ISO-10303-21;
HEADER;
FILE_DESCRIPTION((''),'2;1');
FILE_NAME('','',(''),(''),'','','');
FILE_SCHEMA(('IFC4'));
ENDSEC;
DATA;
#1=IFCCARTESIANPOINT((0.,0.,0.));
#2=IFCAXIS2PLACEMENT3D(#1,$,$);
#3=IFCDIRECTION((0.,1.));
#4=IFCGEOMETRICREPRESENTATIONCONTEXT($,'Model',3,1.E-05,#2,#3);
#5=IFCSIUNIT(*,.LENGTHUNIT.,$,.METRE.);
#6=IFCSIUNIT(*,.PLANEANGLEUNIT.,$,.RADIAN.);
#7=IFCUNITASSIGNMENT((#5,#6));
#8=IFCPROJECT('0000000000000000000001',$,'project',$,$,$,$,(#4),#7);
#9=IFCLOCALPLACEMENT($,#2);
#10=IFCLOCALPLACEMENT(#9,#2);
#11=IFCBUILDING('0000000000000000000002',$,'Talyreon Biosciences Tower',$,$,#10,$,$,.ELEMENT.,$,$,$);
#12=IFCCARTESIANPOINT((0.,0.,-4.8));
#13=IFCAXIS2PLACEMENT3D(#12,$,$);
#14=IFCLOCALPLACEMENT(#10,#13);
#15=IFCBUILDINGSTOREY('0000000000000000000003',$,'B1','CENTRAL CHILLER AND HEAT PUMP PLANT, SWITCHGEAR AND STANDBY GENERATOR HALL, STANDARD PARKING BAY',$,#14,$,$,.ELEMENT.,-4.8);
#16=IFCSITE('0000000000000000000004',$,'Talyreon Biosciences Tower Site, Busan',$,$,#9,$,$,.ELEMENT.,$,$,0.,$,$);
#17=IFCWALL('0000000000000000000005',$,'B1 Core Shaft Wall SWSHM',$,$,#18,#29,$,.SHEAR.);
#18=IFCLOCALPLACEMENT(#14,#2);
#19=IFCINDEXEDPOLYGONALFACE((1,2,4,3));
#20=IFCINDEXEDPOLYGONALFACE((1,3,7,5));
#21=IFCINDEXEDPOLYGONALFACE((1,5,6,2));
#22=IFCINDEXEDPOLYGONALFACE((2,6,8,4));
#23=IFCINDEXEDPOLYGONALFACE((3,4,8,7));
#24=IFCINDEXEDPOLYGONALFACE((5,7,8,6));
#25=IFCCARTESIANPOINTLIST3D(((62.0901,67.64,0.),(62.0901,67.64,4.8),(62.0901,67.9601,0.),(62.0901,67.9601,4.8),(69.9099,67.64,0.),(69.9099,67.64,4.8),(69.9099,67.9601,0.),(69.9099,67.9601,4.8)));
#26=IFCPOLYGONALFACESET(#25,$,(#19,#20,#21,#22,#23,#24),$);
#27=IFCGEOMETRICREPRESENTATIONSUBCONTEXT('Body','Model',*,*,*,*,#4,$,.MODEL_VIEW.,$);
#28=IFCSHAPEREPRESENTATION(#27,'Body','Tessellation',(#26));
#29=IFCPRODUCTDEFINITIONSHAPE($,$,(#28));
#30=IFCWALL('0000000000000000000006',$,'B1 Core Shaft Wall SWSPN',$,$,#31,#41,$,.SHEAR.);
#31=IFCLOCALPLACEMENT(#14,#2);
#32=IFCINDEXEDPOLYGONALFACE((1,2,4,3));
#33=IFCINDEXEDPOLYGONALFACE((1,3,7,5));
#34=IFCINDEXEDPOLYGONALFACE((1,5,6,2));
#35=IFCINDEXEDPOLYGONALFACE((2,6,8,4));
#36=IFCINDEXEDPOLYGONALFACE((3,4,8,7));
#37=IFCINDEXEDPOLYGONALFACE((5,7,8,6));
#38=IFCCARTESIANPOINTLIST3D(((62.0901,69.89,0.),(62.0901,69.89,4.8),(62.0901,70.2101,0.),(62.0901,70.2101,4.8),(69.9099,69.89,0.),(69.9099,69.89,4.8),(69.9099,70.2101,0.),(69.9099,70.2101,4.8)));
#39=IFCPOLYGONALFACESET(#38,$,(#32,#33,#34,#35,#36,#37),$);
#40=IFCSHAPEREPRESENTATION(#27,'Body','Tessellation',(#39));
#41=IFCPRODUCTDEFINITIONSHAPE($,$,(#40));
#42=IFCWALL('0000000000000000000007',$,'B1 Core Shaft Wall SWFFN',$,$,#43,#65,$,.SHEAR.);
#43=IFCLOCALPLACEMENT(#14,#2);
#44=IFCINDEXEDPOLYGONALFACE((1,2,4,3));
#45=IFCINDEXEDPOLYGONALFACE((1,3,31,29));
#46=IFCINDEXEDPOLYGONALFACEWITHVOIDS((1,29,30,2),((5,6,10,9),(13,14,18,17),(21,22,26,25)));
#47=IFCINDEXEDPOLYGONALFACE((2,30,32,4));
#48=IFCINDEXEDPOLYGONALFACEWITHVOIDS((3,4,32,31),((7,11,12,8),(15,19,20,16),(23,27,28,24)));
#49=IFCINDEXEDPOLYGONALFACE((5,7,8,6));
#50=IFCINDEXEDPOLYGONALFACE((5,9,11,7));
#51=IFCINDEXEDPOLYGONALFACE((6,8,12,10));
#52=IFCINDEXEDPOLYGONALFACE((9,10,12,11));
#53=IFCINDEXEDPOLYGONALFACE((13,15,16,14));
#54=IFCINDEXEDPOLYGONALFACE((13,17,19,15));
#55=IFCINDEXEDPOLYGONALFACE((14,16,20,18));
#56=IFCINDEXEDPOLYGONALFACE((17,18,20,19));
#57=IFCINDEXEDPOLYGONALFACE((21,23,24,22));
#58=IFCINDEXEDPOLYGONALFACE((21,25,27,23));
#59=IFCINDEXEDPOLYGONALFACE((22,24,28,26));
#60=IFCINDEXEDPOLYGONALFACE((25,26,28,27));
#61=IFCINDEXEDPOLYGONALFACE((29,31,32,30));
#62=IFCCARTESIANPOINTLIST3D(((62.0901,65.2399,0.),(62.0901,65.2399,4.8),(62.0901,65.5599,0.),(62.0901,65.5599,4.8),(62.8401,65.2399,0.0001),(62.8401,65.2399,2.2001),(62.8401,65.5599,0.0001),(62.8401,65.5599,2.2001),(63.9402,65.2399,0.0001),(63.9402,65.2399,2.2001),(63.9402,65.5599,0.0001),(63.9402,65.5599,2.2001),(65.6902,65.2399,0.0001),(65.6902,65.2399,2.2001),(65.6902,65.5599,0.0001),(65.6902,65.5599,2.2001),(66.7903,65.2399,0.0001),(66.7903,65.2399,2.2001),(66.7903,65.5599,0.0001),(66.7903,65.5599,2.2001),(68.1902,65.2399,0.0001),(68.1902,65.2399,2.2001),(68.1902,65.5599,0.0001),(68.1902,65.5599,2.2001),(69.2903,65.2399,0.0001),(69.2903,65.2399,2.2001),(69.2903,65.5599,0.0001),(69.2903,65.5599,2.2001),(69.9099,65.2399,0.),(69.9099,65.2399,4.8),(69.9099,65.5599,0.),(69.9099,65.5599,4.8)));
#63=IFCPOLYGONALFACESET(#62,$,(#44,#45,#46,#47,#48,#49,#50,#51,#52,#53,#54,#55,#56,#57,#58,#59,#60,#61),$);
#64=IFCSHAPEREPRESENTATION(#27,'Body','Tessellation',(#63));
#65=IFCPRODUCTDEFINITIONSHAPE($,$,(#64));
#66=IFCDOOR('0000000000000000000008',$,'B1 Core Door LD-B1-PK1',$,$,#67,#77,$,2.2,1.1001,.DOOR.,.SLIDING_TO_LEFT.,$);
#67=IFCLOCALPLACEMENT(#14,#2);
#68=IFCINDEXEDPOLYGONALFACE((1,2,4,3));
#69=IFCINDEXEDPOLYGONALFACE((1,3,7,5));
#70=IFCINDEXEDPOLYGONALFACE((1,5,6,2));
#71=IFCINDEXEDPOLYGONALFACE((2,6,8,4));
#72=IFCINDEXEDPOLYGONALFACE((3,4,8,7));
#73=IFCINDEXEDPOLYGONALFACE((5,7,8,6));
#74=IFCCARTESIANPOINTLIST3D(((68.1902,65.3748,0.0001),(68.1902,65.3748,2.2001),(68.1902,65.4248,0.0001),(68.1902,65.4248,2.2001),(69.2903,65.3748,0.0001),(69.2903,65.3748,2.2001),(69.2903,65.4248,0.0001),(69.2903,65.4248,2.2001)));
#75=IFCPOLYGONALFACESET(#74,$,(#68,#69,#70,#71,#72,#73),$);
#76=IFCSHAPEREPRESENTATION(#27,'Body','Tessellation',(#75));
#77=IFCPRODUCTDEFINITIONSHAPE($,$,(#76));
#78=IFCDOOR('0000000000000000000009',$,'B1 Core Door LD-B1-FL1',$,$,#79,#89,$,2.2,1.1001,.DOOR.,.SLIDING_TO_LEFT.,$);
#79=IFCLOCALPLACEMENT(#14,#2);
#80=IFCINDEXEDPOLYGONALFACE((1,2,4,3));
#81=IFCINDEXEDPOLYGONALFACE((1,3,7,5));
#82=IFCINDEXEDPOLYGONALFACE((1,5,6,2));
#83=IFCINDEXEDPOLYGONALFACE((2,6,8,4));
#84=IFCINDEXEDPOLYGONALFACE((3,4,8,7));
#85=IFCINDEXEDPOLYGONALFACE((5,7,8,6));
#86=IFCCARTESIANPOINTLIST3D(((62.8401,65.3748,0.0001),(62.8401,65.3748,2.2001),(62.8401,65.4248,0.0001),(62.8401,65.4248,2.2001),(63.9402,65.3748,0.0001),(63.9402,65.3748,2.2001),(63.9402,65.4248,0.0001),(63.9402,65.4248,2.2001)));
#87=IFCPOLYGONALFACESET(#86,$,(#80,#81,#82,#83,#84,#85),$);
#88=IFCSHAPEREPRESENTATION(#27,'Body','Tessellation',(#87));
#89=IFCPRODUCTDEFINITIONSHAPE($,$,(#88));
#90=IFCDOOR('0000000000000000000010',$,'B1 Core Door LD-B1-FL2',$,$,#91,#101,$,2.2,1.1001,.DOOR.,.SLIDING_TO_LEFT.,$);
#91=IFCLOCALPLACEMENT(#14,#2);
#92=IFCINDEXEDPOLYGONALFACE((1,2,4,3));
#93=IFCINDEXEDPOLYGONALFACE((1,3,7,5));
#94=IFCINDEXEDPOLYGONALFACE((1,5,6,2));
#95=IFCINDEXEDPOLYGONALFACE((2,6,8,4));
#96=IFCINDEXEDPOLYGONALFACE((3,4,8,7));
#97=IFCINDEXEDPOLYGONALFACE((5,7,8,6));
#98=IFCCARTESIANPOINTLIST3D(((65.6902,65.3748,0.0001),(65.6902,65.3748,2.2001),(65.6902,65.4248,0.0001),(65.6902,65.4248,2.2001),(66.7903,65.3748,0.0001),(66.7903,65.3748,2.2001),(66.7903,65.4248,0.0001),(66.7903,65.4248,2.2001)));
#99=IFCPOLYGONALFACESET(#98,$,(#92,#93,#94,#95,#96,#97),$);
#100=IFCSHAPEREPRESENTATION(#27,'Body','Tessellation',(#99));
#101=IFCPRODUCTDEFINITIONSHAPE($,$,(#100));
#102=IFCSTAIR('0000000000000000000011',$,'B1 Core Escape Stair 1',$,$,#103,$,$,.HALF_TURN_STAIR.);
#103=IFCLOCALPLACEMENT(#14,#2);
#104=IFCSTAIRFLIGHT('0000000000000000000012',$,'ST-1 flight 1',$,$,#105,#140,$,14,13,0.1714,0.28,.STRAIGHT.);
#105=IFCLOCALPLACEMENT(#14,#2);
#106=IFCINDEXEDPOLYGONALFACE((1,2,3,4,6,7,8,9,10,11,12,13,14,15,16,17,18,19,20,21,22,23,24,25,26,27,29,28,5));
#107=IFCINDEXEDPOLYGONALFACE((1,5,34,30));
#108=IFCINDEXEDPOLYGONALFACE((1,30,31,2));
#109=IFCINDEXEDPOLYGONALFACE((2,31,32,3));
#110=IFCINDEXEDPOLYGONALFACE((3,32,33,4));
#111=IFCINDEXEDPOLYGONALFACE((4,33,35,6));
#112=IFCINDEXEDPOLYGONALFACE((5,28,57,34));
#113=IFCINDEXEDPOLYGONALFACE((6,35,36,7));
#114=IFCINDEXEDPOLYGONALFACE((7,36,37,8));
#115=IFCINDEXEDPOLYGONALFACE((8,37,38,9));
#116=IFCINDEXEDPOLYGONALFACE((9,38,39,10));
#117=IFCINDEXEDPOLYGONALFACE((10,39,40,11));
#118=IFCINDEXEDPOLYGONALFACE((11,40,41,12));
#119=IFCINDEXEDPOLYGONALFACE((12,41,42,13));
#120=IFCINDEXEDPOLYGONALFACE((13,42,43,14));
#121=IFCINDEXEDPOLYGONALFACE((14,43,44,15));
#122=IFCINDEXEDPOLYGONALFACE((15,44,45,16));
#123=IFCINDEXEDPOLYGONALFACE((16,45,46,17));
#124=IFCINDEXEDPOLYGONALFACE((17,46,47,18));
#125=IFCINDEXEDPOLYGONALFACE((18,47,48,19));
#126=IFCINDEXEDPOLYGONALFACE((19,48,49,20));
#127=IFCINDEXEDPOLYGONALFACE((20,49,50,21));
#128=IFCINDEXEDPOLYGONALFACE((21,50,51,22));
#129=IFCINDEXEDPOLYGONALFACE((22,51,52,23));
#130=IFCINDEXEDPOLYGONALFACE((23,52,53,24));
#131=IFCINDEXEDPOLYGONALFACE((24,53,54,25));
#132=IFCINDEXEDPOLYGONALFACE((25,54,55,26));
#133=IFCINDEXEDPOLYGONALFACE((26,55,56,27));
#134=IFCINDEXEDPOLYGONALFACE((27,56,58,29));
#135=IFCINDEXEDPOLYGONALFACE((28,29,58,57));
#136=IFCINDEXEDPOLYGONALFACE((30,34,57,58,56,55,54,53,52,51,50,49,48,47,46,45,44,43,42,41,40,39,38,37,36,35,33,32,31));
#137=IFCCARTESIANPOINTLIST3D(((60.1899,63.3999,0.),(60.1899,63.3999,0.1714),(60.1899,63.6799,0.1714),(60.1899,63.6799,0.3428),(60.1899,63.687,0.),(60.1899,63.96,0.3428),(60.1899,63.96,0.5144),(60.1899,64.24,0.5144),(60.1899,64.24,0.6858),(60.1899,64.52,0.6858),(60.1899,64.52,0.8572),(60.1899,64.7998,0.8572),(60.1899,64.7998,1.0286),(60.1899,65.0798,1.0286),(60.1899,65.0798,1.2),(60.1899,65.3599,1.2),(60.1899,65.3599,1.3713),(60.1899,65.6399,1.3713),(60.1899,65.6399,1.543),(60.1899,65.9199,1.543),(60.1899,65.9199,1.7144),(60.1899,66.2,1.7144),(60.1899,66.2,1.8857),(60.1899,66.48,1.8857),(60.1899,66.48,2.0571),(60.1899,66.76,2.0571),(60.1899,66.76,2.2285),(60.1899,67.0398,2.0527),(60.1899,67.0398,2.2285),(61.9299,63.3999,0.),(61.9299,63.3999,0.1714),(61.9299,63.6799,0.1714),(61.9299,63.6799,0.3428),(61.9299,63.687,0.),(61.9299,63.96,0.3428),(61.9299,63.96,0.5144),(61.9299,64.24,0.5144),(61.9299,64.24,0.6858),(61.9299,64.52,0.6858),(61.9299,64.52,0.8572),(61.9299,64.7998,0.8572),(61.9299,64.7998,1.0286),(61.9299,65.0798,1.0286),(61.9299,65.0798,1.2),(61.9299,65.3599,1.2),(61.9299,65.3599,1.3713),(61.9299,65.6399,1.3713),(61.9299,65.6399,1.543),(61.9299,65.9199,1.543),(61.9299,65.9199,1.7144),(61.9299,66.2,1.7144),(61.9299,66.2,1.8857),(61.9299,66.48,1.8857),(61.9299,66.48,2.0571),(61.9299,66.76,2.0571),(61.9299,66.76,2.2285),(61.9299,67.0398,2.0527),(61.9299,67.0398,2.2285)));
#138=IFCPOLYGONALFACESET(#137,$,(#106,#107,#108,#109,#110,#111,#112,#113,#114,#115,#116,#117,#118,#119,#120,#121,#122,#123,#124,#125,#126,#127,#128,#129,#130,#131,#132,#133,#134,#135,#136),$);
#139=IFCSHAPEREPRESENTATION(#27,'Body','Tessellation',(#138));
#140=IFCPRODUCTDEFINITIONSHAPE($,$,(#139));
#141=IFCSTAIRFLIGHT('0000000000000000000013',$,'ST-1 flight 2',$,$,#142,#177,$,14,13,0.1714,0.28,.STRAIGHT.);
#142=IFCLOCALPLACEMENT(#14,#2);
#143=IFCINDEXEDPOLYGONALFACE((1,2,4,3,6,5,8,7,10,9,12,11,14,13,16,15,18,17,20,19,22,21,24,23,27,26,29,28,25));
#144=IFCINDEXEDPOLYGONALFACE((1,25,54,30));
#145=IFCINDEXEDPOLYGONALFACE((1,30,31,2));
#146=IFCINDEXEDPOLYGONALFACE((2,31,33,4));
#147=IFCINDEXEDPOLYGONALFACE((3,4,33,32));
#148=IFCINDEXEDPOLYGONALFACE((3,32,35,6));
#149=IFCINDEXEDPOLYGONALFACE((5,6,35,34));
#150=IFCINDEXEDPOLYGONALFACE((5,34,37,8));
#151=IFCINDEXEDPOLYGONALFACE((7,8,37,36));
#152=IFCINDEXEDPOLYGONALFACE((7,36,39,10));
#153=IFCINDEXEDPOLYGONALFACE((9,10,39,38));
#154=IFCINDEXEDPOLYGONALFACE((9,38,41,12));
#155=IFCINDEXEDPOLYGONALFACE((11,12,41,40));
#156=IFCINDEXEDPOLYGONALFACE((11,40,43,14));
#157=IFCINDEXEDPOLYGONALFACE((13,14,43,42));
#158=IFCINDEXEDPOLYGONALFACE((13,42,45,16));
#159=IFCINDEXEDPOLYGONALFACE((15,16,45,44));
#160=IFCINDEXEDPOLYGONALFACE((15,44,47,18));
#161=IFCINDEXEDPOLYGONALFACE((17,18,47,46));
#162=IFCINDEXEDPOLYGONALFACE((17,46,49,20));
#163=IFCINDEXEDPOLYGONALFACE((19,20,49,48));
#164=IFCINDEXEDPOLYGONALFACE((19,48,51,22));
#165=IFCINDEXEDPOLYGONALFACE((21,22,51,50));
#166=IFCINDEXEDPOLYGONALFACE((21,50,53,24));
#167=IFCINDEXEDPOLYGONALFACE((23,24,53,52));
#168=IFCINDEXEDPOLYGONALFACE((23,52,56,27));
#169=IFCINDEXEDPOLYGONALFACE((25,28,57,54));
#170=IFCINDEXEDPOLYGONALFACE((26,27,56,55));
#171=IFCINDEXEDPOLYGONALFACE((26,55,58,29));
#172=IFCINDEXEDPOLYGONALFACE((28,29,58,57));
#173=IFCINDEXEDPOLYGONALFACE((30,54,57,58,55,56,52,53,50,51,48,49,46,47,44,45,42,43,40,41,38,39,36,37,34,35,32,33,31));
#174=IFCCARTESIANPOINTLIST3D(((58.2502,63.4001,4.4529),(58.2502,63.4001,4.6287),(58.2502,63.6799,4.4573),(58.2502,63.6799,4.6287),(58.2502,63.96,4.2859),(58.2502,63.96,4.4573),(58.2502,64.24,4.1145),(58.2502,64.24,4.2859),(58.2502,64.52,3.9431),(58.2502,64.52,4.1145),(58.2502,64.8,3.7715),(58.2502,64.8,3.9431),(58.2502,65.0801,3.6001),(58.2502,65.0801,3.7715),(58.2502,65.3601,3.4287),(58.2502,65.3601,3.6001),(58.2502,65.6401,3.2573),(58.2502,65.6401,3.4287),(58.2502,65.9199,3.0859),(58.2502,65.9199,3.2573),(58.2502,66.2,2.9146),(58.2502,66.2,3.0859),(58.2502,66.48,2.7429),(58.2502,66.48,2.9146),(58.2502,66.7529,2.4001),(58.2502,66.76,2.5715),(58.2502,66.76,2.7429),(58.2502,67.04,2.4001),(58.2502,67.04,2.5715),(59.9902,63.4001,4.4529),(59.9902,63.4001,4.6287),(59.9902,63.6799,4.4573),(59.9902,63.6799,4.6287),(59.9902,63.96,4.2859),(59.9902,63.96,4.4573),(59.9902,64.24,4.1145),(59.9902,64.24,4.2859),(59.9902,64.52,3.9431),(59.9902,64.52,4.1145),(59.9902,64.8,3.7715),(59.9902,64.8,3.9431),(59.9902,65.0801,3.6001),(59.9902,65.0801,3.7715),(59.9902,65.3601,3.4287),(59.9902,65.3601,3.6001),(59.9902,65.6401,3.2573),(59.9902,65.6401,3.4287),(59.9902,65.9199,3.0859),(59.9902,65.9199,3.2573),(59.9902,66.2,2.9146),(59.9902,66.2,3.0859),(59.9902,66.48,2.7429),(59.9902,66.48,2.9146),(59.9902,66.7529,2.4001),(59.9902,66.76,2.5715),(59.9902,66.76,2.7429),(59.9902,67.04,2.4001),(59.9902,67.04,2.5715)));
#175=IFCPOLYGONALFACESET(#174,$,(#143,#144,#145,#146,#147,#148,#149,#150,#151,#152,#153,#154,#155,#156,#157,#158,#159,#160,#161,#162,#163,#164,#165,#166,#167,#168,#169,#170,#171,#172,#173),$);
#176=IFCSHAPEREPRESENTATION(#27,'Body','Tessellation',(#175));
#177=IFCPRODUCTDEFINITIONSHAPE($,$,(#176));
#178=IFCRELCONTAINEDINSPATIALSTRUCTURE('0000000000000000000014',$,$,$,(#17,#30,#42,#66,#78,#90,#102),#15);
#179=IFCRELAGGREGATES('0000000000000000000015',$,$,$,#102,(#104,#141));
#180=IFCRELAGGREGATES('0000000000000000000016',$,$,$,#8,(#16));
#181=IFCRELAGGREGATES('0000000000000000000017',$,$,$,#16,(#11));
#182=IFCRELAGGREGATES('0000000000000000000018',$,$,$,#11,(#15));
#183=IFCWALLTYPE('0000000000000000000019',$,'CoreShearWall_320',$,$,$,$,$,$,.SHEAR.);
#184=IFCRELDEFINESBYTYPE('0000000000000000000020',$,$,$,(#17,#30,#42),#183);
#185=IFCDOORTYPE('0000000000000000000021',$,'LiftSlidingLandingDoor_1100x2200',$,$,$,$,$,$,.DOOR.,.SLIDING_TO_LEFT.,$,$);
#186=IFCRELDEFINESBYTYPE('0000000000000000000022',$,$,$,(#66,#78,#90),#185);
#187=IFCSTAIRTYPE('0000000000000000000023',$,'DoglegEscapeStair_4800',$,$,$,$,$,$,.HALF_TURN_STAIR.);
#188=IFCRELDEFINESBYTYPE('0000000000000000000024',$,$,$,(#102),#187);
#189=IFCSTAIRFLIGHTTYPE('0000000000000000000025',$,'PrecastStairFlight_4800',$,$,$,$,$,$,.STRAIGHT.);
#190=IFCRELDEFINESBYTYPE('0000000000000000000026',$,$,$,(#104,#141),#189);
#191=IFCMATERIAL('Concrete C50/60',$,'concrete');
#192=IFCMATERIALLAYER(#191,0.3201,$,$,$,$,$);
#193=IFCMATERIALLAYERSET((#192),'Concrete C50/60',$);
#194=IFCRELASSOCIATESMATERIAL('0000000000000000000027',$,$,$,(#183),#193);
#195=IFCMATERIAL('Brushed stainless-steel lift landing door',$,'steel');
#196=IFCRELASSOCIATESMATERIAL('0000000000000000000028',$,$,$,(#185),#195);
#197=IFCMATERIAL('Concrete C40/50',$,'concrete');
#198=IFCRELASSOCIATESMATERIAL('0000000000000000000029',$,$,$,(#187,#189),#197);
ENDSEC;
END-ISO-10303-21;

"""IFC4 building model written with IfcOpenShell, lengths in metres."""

from ifc_helpers import new_model, si_unit, direction, frame, frame_2d, origin, place, context, subcontext, project, spatial, polyline, rectangle, outline, extrude, material, layer, layer_set, type_object, element, fill, aggregate, save


model = new_model("IFC4")

# Units and contexts
model_context = context("Model", 3, precision=1e-05, world=origin(), true_north=direction((0.0, 1.0)))
body_context = subcontext(model_context, "Body", "Model", "MODEL_VIEW")
ifc_project = project(units=[si_unit("LENGTHUNIT", "METRE"), si_unit("PLANEANGLEUNIT", "RADIAN")], contexts=[model_context])

# Site, building, storey
site_placement = place(None, origin())
site = spatial("IfcSite", under=ifc_project, at=site_placement, Name="Talyreon Biosciences Tower Site, Busan", CompositionType="ELEMENT", RefElevation=0.0)
building_placement = place(site_placement, origin())
building = spatial("IfcBuilding", under=site, at=building_placement, Name="Talyreon Biosciences Tower", CompositionType="ELEMENT")
storey_placement = place(building_placement, frame((0.0, 0.0, -4.8)))
storey = spatial("IfcBuildingStorey", under=building, at=storey_placement, Name="B1", Description="CENTRAL CHILLER AND HEAT PUMP PLANT, SWITCHGEAR AND STANDBY GENERATOR HALL, STANDARD PARKING BAY", CompositionType="ELEMENT", Elevation=-4.8)

# Shared definitions
ifc_material_1 = material(Name="Concrete C50/60", Category="concrete")

# Shared definitions
ifc_material_2 = material(Name="Concrete C40/50", Category="concrete")

# Shared definitions
ifc_layer_1 = layer(ifc_material_1, 0.3201)
ifc_layer_set_1 = layer_set([ifc_layer_1], Name="Concrete C50/60")
wall_type = type_object("IfcWallType", Name="CoreShearWall_320", PredefinedType="SHEAR", material=ifc_layer_set_1)

# Walls
for number, where, z_axis, x_axis, name in (
    (1, (62.0901, 67.8, 0.0), (0.0, 0.0, 1.0), (1.0, 0.0, 0.0), "B1 Core Shaft Wall SWSHM"),
    (2, (62.0901, 70.05, 0.0), (0.0, 0.0, 1.0), (1.0, 0.0, 0.0), "B1 Core Shaft Wall SWSPN"),
):
    element("IfcWall", number, at=place(storey_placement, frame(where, z_axis=z_axis, x_axis=x_axis)), inside=storey, type_object=wall_type, Name=name, PredefinedType="SHEAR", context=body_context, shape_type="SweptSolid", body=[
        extrude(rectangle(XDim=7.8198, YDim=0.3201, at=frame_2d((3.9099, 0.0))), origin(), (0.0, 0.0, 1.0), 4.8),
    ])

# Wall, openings, doors
wall_1_placement = place(storey_placement, frame((62.0901, 65.3999, 0.0), z_axis=(0.0, 0.0, 1.0), x_axis=(1.0, 0.0, 0.0)))
wall_1 = element("IfcWall", 3, at=wall_1_placement, inside=storey, type_object=wall_type, Name="B1 Core Shaft Wall SWFFN", PredefinedType="SHEAR", context=body_context, shape_type="SweptSolid", body=[
    extrude(rectangle(XDim=7.8198, YDim=0.3201, at=frame_2d((3.9099, 0.0))), origin(), (0.0, 0.0, 1.0), 4.8),
])
opening_1_placement = place(wall_1_placement, frame((6.1001, 0.0, 0.0)))
opening_1 = element("IfcOpeningElement", 4, at=opening_1_placement, cuts=wall_1, PredefinedType="OPENING", context=body_context, shape_type="SweptSolid", body=[
    extrude(rectangle(XDim=1.1001, YDim=2.2, at=frame_2d((0.55, 1.1001))), frame((0.0, 0.1699, 0.0), z_axis=(0.0, -1.0, 0.0), x_axis=(1.0, 0.0, 0.0)), (0.0, 0.0, 1.0), 0.3401),
])
opening_2_placement = place(wall_1_placement, frame((0.75, 0.0, 0.0)))
opening_2 = element("IfcOpeningElement", 5, at=opening_2_placement, cuts=wall_1, PredefinedType="OPENING", context=body_context, shape_type="SweptSolid", body=[
    extrude(rectangle(XDim=1.1001, YDim=2.2, at=frame_2d((0.55, 1.1001))), frame((0.0, 0.1699, 0.0), z_axis=(0.0, -1.0, 0.0), x_axis=(1.0, 0.0, 0.0)), (0.0, 0.0, 1.0), 0.3401),
])
opening_3_placement = place(wall_1_placement, frame((3.6001, 0.0, 0.0)))
opening_3 = element("IfcOpeningElement", 6, at=opening_3_placement, cuts=wall_1, PredefinedType="OPENING", context=body_context, shape_type="SweptSolid", body=[
    extrude(rectangle(XDim=1.1001, YDim=2.2, at=frame_2d((0.55, 1.1001))), frame((0.0, 0.1699, 0.0), z_axis=(0.0, -1.0, 0.0), x_axis=(1.0, 0.0, 0.0)), (0.0, 0.0, 1.0), 0.3401),
])
ifc_material_3 = material(Name="Brushed stainless-steel lift landing door", Category="steel")
door_type_1 = type_object("IfcDoorType", Name="LiftSlidingLandingDoor_1100x2200", OperationType="SLIDING_TO_LEFT", PredefinedType="DOOR", material=ifc_material_3)
door_1_placement = place(opening_1_placement, origin())
door_1 = element("IfcDoor", 7, at=door_1_placement, inside=storey, type_object=door_type_1, Name="B1 Core Door LD-B1-PK1", OperationType="SLIDING_TO_LEFT", OverallHeight=2.2, OverallWidth=1.1001, PredefinedType="DOOR", context=body_context, shape_type="SweptSolid", body=[
    extrude(rectangle(XDim=1.1001, YDim=2.2, at=frame_2d((0.55, 1.1001))), frame((0.0, 0.0249, 0.0), z_axis=(0.0, -1.0, 0.0), x_axis=(1.0, 0.0, 0.0)), (0.0, 0.0, 1.0), 0.05),
])
fill(opening_1, door_1)
door_2_placement = place(opening_2_placement, origin())
door_2 = element("IfcDoor", 8, at=door_2_placement, inside=storey, type_object=door_type_1, Name="B1 Core Door LD-B1-FL1", OperationType="SLIDING_TO_LEFT", OverallHeight=2.2, OverallWidth=1.1001, PredefinedType="DOOR", context=body_context, shape_type="SweptSolid", body=[
    extrude(rectangle(XDim=1.1001, YDim=2.2, at=frame_2d((0.55, 1.1001))), frame((0.0, 0.0249, 0.0), z_axis=(0.0, -1.0, 0.0), x_axis=(1.0, 0.0, 0.0)), (0.0, 0.0, 1.0), 0.05),
])
fill(opening_2, door_2)
door_3_placement = place(opening_3_placement, origin())
door_3 = element("IfcDoor", 9, at=door_3_placement, inside=storey, type_object=door_type_1, Name="B1 Core Door LD-B1-FL2", OperationType="SLIDING_TO_LEFT", OverallHeight=2.2, OverallWidth=1.1001, PredefinedType="DOOR", context=body_context, shape_type="SweptSolid", body=[
    extrude(rectangle(XDim=1.1001, YDim=2.2, at=frame_2d((0.55, 1.1001))), frame((0.0, 0.0249, 0.0), z_axis=(0.0, -1.0, 0.0), x_axis=(1.0, 0.0, 0.0)), (0.0, 0.0, 1.0), 0.05),
])
fill(opening_3, door_3)

# Stair, stair flights
stair_type = type_object("IfcStairType", Name="DoglegEscapeStair_4800", PredefinedType="HALF_TURN_STAIR", material=ifc_material_2)
stair_placement = place(storey_placement, origin())
stair = element("IfcStair", 10, at=stair_placement, inside=storey, type_object=stair_type, Name="B1 Core Escape Stair 1", PredefinedType="HALF_TURN_STAIR")
stair_flight_type = type_object("IfcStairFlightType", Name="PrecastStairFlight_4800", PredefinedType="STRAIGHT", material=ifc_material_2)
stair_flight_1_placement = place(storey_placement, frame((61.0601, 63.3999, 0.0), z_axis=(0.0, 0.0, 1.0), x_axis=(0.0, 1.0, 0.0)))
stair_flight_1 = element("IfcStairFlight", 11, at=stair_flight_1_placement, type_object=stair_flight_type, Name="ST-1 flight 1", NumberOfRisers=14, NumberOfTreads=13, PredefinedType="STRAIGHT", RiserHeight=0.1714, TreadLength=0.28, context=body_context, shape_type="SweptSolid", body=[
    extrude(outline(polyline([(0.0, 0.0), (0.0, 0.1714), (0.28, 0.1714), (0.28, 0.3428), (0.5601, 0.3428), (0.5601, 0.5144), (0.8401, 0.5144), (0.8401, 0.6858), (1.1201, 0.6858), (1.1201, 0.8572), (1.3999, 0.8572), (1.3999, 1.0286), (1.6799, 1.0286), (1.6799, 1.2), (1.96, 1.2), (1.96, 1.3713), (2.24, 1.3713), (2.24, 1.543), (2.52, 1.543), (2.52, 1.7144), (2.8, 1.7144), (2.8, 1.8857), (3.0801, 1.8857), (3.0801, 2.0571), (3.3601, 2.0571), (3.3601, 2.2285), (3.6399, 2.2285), (3.6399, 2.3999), (3.6399, 2.0527), (0.2871, 0.0), (0.0, 0.0)])), frame((0.0, 0.8701, 0.0), z_axis=(0.0, -1.0, 0.0), x_axis=(1.0, 0.0, 0.0)), (0.0, 0.0, 1.0), 1.74),
])
stair_flight_2_placement = place(storey_placement, frame((59.1201, 67.04, 2.4001), z_axis=(0.0, 0.0, 1.0), x_axis=(0.0, -1.0, 0.0)))
stair_flight_2 = element("IfcStairFlight", 12, at=stair_flight_2_placement, type_object=stair_flight_type, Name="ST-1 flight 2", NumberOfRisers=14, NumberOfTreads=13, PredefinedType="STRAIGHT", RiserHeight=0.1714, TreadLength=0.28, context=body_context, shape_type="SweptSolid", body=[
    extrude(outline(polyline([(0.0, 0.0), (0.0, 0.1714), (0.28, 0.1714), (0.28, 0.3428), (0.5601, 0.3428), (0.5601, 0.5144), (0.8401, 0.5144), (0.8401, 0.6858), (1.1201, 0.6858), (1.1201, 0.8572), (1.3999, 0.8572), (1.3999, 1.0286), (1.6799, 1.0286), (1.6799, 1.2), (1.96, 1.2), (1.96, 1.3713), (2.24, 1.3713), (2.24, 1.543), (2.52, 1.543), (2.52, 1.7144), (2.8, 1.7144), (2.8, 1.8857), (3.0801, 1.8857), (3.0801, 2.0571), (3.3601, 2.0571), (3.3601, 2.2285), (3.6399, 2.2285), (3.6399, 2.3999), (3.6399, 2.0527), (0.2871, 0.0), (0.0, 0.0)])), frame((0.0, 0.8701, 0.0), z_axis=(0.0, -1.0, 0.0), x_axis=(1.0, 0.0, 0.0)), (0.0, 0.0, 1.0), 1.74),
])
aggregate(stair, [stair_flight_1, stair_flight_2])

save(model, "model.ifc")
